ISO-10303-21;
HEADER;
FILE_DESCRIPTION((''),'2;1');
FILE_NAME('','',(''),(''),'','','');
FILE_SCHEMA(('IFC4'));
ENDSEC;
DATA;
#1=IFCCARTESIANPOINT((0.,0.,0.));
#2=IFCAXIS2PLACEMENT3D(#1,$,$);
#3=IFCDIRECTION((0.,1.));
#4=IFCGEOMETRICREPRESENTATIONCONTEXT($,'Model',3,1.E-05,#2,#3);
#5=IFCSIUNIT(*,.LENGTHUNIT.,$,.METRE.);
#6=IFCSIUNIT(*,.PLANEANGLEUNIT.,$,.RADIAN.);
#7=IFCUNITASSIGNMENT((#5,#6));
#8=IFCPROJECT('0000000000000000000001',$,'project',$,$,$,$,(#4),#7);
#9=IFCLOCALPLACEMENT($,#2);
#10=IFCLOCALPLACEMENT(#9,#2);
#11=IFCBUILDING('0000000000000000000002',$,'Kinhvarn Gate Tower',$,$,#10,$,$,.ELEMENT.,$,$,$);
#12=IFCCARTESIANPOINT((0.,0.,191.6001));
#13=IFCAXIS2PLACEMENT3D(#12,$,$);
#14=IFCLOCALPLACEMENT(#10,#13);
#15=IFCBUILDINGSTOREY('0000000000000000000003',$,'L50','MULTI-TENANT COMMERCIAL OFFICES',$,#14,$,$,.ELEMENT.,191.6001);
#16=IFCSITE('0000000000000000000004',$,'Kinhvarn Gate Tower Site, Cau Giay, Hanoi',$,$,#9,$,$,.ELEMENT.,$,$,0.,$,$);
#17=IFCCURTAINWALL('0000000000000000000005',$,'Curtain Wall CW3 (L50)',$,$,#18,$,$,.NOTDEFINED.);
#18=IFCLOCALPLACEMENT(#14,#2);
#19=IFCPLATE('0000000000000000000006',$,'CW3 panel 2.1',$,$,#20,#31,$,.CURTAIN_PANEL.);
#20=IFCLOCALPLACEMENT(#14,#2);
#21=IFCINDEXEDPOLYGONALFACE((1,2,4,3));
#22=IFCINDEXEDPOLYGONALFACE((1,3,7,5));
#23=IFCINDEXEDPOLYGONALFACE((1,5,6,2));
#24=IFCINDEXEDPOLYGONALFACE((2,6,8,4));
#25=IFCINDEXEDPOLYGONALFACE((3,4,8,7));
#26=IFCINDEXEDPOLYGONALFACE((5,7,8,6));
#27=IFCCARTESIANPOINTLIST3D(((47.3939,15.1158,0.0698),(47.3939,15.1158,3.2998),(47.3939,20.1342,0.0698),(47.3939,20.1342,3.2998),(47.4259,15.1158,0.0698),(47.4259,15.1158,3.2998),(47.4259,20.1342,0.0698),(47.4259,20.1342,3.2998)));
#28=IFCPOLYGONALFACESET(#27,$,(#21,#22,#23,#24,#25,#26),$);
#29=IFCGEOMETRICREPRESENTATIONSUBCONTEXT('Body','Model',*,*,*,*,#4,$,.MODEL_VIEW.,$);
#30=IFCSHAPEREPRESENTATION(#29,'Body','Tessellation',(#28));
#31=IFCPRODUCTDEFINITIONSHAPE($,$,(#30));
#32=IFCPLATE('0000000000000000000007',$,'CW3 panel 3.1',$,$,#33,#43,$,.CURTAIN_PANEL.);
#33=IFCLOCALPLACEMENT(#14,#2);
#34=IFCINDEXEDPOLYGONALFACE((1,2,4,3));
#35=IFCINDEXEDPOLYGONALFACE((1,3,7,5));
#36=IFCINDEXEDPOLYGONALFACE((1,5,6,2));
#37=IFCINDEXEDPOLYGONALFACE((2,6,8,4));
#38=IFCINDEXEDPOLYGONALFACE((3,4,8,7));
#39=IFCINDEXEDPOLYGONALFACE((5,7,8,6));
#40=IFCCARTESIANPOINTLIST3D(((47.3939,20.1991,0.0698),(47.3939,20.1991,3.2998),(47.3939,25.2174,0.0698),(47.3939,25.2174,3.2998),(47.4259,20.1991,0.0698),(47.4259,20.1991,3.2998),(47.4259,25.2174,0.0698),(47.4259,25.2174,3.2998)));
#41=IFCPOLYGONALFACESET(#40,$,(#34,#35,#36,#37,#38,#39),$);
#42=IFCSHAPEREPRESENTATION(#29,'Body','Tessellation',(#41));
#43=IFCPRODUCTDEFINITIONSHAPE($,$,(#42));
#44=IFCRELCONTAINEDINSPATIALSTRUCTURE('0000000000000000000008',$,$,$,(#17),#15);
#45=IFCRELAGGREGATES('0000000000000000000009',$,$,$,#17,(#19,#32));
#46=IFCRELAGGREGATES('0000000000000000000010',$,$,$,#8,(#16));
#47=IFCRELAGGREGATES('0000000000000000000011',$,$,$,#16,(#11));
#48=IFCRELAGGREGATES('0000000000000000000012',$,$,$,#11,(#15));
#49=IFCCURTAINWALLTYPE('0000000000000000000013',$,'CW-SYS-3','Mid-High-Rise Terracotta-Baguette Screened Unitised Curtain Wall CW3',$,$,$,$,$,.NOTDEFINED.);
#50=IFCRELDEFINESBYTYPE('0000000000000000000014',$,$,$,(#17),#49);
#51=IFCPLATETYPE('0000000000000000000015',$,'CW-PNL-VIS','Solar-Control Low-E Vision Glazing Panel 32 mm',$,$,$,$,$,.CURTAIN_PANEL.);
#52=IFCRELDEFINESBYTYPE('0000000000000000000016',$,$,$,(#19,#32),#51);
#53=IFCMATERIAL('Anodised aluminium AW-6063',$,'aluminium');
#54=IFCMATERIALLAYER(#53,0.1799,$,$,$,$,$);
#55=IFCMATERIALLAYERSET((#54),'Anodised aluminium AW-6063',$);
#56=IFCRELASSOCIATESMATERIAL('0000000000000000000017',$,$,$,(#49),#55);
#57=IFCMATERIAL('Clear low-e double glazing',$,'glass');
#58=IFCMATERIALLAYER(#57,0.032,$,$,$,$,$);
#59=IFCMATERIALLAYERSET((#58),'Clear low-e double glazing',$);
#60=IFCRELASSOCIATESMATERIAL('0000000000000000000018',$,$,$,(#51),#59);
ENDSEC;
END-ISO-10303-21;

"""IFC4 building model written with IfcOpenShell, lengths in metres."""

from ifc_helpers import new_model, si_unit, direction, frame, origin, origin_2d, place, context, subcontext, project, spatial, rectangle, extrude, material, layer, layer_set, type_object, element, aggregate, save


model = new_model("IFC4")

# Units and contexts
model_context = context("Model", 3, precision=1e-05, world=origin(), true_north=direction((0.0, 1.0)))
body_context = subcontext(model_context, "Body", "Model", "MODEL_VIEW")
ifc_project = project(units=[si_unit("LENGTHUNIT", "METRE"), si_unit("PLANEANGLEUNIT", "RADIAN")], contexts=[model_context])

# Site, building, storey
site_placement = place(None, origin())
site = spatial("IfcSite", under=ifc_project, at=site_placement, Name="Kinhvarn Gate Tower Site, Cau Giay, Hanoi", CompositionType="ELEMENT", RefElevation=0.0)
building_placement = place(site_placement, origin())
building = spatial("IfcBuilding", under=site, at=building_placement, Name="Kinhvarn Gate Tower", CompositionType="ELEMENT")
storey_placement = place(building_placement, frame((0.0, 0.0, 191.6001)))
storey = spatial("IfcBuildingStorey", under=building, at=storey_placement, Name="L50", Description="MULTI-TENANT COMMERCIAL OFFICES", CompositionType="ELEMENT", Elevation=191.6001)

# Curtain wall
ifc_material_1 = material(Name="Anodised aluminium AW-6063", Category="aluminium")
ifc_layer_1 = layer(ifc_material_1, 0.1799)
ifc_layer_set_1 = layer_set([ifc_layer_1], Name="Anodised aluminium AW-6063")
curtain_wall_type = type_object("IfcCurtainWallType", Name="CW-SYS-3", Description="Mid-High-Rise Terracotta-Baguette Screened Unitised Curtain Wall CW3", PredefinedType="NOTDEFINED", material=ifc_layer_set_1)
curtain_wall_placement = place(storey_placement, origin())
curtain_wall = element("IfcCurtainWall", 1, at=curtain_wall_placement, inside=storey, type_object=curtain_wall_type, Name="Curtain Wall CW3 (L50)", PredefinedType="NOTDEFINED")

# Plates
ifc_material_2 = material(Name="Clear low-e double glazing", Category="glass")
ifc_layer_2 = layer(ifc_material_2, 0.032)
ifc_layer_set_2 = layer_set([ifc_layer_2], Name="Clear low-e double glazing")
plate_type = type_object("IfcPlateType", Name="CW-PNL-VIS", Description="Solar-Control Low-E Vision Glazing Panel 32 mm", PredefinedType="CURTAIN_PANEL", material=ifc_layer_set_2)
plate_1_placement = place(storey_placement, frame((47.4099, 17.625, 0.0698), z_axis=(0.0, 0.0, 1.0), x_axis=(0.0, 1.0, 0.0)))
plate_1 = element("IfcPlate", 2, at=plate_1_placement, type_object=plate_type, Name="CW3 panel 2.1", PredefinedType="CURTAIN_PANEL", context=body_context, shape_type="SweptSolid", body=[
    extrude(rectangle(XDim=5.0183, YDim=0.032, at=origin_2d()), origin(), (0.0, 0.0, 1.0), 3.23),
])
plate_2_placement = place(storey_placement, frame((47.4099, 22.7083, 0.0698), z_axis=(0.0, 0.0, 1.0), x_axis=(0.0, 1.0, 0.0)))
plate_2 = element("IfcPlate", 3, at=plate_2_placement, type_object=plate_type, Name="CW3 panel 3.1", PredefinedType="CURTAIN_PANEL", context=body_context, shape_type="SweptSolid", body=[
    extrude(rectangle(XDim=5.0183, YDim=0.032, at=origin_2d()), origin(), (0.0, 0.0, 1.0), 3.23),
])
aggregate(curtain_wall, [plate_1, plate_2])

save(model, "model.ifc")
